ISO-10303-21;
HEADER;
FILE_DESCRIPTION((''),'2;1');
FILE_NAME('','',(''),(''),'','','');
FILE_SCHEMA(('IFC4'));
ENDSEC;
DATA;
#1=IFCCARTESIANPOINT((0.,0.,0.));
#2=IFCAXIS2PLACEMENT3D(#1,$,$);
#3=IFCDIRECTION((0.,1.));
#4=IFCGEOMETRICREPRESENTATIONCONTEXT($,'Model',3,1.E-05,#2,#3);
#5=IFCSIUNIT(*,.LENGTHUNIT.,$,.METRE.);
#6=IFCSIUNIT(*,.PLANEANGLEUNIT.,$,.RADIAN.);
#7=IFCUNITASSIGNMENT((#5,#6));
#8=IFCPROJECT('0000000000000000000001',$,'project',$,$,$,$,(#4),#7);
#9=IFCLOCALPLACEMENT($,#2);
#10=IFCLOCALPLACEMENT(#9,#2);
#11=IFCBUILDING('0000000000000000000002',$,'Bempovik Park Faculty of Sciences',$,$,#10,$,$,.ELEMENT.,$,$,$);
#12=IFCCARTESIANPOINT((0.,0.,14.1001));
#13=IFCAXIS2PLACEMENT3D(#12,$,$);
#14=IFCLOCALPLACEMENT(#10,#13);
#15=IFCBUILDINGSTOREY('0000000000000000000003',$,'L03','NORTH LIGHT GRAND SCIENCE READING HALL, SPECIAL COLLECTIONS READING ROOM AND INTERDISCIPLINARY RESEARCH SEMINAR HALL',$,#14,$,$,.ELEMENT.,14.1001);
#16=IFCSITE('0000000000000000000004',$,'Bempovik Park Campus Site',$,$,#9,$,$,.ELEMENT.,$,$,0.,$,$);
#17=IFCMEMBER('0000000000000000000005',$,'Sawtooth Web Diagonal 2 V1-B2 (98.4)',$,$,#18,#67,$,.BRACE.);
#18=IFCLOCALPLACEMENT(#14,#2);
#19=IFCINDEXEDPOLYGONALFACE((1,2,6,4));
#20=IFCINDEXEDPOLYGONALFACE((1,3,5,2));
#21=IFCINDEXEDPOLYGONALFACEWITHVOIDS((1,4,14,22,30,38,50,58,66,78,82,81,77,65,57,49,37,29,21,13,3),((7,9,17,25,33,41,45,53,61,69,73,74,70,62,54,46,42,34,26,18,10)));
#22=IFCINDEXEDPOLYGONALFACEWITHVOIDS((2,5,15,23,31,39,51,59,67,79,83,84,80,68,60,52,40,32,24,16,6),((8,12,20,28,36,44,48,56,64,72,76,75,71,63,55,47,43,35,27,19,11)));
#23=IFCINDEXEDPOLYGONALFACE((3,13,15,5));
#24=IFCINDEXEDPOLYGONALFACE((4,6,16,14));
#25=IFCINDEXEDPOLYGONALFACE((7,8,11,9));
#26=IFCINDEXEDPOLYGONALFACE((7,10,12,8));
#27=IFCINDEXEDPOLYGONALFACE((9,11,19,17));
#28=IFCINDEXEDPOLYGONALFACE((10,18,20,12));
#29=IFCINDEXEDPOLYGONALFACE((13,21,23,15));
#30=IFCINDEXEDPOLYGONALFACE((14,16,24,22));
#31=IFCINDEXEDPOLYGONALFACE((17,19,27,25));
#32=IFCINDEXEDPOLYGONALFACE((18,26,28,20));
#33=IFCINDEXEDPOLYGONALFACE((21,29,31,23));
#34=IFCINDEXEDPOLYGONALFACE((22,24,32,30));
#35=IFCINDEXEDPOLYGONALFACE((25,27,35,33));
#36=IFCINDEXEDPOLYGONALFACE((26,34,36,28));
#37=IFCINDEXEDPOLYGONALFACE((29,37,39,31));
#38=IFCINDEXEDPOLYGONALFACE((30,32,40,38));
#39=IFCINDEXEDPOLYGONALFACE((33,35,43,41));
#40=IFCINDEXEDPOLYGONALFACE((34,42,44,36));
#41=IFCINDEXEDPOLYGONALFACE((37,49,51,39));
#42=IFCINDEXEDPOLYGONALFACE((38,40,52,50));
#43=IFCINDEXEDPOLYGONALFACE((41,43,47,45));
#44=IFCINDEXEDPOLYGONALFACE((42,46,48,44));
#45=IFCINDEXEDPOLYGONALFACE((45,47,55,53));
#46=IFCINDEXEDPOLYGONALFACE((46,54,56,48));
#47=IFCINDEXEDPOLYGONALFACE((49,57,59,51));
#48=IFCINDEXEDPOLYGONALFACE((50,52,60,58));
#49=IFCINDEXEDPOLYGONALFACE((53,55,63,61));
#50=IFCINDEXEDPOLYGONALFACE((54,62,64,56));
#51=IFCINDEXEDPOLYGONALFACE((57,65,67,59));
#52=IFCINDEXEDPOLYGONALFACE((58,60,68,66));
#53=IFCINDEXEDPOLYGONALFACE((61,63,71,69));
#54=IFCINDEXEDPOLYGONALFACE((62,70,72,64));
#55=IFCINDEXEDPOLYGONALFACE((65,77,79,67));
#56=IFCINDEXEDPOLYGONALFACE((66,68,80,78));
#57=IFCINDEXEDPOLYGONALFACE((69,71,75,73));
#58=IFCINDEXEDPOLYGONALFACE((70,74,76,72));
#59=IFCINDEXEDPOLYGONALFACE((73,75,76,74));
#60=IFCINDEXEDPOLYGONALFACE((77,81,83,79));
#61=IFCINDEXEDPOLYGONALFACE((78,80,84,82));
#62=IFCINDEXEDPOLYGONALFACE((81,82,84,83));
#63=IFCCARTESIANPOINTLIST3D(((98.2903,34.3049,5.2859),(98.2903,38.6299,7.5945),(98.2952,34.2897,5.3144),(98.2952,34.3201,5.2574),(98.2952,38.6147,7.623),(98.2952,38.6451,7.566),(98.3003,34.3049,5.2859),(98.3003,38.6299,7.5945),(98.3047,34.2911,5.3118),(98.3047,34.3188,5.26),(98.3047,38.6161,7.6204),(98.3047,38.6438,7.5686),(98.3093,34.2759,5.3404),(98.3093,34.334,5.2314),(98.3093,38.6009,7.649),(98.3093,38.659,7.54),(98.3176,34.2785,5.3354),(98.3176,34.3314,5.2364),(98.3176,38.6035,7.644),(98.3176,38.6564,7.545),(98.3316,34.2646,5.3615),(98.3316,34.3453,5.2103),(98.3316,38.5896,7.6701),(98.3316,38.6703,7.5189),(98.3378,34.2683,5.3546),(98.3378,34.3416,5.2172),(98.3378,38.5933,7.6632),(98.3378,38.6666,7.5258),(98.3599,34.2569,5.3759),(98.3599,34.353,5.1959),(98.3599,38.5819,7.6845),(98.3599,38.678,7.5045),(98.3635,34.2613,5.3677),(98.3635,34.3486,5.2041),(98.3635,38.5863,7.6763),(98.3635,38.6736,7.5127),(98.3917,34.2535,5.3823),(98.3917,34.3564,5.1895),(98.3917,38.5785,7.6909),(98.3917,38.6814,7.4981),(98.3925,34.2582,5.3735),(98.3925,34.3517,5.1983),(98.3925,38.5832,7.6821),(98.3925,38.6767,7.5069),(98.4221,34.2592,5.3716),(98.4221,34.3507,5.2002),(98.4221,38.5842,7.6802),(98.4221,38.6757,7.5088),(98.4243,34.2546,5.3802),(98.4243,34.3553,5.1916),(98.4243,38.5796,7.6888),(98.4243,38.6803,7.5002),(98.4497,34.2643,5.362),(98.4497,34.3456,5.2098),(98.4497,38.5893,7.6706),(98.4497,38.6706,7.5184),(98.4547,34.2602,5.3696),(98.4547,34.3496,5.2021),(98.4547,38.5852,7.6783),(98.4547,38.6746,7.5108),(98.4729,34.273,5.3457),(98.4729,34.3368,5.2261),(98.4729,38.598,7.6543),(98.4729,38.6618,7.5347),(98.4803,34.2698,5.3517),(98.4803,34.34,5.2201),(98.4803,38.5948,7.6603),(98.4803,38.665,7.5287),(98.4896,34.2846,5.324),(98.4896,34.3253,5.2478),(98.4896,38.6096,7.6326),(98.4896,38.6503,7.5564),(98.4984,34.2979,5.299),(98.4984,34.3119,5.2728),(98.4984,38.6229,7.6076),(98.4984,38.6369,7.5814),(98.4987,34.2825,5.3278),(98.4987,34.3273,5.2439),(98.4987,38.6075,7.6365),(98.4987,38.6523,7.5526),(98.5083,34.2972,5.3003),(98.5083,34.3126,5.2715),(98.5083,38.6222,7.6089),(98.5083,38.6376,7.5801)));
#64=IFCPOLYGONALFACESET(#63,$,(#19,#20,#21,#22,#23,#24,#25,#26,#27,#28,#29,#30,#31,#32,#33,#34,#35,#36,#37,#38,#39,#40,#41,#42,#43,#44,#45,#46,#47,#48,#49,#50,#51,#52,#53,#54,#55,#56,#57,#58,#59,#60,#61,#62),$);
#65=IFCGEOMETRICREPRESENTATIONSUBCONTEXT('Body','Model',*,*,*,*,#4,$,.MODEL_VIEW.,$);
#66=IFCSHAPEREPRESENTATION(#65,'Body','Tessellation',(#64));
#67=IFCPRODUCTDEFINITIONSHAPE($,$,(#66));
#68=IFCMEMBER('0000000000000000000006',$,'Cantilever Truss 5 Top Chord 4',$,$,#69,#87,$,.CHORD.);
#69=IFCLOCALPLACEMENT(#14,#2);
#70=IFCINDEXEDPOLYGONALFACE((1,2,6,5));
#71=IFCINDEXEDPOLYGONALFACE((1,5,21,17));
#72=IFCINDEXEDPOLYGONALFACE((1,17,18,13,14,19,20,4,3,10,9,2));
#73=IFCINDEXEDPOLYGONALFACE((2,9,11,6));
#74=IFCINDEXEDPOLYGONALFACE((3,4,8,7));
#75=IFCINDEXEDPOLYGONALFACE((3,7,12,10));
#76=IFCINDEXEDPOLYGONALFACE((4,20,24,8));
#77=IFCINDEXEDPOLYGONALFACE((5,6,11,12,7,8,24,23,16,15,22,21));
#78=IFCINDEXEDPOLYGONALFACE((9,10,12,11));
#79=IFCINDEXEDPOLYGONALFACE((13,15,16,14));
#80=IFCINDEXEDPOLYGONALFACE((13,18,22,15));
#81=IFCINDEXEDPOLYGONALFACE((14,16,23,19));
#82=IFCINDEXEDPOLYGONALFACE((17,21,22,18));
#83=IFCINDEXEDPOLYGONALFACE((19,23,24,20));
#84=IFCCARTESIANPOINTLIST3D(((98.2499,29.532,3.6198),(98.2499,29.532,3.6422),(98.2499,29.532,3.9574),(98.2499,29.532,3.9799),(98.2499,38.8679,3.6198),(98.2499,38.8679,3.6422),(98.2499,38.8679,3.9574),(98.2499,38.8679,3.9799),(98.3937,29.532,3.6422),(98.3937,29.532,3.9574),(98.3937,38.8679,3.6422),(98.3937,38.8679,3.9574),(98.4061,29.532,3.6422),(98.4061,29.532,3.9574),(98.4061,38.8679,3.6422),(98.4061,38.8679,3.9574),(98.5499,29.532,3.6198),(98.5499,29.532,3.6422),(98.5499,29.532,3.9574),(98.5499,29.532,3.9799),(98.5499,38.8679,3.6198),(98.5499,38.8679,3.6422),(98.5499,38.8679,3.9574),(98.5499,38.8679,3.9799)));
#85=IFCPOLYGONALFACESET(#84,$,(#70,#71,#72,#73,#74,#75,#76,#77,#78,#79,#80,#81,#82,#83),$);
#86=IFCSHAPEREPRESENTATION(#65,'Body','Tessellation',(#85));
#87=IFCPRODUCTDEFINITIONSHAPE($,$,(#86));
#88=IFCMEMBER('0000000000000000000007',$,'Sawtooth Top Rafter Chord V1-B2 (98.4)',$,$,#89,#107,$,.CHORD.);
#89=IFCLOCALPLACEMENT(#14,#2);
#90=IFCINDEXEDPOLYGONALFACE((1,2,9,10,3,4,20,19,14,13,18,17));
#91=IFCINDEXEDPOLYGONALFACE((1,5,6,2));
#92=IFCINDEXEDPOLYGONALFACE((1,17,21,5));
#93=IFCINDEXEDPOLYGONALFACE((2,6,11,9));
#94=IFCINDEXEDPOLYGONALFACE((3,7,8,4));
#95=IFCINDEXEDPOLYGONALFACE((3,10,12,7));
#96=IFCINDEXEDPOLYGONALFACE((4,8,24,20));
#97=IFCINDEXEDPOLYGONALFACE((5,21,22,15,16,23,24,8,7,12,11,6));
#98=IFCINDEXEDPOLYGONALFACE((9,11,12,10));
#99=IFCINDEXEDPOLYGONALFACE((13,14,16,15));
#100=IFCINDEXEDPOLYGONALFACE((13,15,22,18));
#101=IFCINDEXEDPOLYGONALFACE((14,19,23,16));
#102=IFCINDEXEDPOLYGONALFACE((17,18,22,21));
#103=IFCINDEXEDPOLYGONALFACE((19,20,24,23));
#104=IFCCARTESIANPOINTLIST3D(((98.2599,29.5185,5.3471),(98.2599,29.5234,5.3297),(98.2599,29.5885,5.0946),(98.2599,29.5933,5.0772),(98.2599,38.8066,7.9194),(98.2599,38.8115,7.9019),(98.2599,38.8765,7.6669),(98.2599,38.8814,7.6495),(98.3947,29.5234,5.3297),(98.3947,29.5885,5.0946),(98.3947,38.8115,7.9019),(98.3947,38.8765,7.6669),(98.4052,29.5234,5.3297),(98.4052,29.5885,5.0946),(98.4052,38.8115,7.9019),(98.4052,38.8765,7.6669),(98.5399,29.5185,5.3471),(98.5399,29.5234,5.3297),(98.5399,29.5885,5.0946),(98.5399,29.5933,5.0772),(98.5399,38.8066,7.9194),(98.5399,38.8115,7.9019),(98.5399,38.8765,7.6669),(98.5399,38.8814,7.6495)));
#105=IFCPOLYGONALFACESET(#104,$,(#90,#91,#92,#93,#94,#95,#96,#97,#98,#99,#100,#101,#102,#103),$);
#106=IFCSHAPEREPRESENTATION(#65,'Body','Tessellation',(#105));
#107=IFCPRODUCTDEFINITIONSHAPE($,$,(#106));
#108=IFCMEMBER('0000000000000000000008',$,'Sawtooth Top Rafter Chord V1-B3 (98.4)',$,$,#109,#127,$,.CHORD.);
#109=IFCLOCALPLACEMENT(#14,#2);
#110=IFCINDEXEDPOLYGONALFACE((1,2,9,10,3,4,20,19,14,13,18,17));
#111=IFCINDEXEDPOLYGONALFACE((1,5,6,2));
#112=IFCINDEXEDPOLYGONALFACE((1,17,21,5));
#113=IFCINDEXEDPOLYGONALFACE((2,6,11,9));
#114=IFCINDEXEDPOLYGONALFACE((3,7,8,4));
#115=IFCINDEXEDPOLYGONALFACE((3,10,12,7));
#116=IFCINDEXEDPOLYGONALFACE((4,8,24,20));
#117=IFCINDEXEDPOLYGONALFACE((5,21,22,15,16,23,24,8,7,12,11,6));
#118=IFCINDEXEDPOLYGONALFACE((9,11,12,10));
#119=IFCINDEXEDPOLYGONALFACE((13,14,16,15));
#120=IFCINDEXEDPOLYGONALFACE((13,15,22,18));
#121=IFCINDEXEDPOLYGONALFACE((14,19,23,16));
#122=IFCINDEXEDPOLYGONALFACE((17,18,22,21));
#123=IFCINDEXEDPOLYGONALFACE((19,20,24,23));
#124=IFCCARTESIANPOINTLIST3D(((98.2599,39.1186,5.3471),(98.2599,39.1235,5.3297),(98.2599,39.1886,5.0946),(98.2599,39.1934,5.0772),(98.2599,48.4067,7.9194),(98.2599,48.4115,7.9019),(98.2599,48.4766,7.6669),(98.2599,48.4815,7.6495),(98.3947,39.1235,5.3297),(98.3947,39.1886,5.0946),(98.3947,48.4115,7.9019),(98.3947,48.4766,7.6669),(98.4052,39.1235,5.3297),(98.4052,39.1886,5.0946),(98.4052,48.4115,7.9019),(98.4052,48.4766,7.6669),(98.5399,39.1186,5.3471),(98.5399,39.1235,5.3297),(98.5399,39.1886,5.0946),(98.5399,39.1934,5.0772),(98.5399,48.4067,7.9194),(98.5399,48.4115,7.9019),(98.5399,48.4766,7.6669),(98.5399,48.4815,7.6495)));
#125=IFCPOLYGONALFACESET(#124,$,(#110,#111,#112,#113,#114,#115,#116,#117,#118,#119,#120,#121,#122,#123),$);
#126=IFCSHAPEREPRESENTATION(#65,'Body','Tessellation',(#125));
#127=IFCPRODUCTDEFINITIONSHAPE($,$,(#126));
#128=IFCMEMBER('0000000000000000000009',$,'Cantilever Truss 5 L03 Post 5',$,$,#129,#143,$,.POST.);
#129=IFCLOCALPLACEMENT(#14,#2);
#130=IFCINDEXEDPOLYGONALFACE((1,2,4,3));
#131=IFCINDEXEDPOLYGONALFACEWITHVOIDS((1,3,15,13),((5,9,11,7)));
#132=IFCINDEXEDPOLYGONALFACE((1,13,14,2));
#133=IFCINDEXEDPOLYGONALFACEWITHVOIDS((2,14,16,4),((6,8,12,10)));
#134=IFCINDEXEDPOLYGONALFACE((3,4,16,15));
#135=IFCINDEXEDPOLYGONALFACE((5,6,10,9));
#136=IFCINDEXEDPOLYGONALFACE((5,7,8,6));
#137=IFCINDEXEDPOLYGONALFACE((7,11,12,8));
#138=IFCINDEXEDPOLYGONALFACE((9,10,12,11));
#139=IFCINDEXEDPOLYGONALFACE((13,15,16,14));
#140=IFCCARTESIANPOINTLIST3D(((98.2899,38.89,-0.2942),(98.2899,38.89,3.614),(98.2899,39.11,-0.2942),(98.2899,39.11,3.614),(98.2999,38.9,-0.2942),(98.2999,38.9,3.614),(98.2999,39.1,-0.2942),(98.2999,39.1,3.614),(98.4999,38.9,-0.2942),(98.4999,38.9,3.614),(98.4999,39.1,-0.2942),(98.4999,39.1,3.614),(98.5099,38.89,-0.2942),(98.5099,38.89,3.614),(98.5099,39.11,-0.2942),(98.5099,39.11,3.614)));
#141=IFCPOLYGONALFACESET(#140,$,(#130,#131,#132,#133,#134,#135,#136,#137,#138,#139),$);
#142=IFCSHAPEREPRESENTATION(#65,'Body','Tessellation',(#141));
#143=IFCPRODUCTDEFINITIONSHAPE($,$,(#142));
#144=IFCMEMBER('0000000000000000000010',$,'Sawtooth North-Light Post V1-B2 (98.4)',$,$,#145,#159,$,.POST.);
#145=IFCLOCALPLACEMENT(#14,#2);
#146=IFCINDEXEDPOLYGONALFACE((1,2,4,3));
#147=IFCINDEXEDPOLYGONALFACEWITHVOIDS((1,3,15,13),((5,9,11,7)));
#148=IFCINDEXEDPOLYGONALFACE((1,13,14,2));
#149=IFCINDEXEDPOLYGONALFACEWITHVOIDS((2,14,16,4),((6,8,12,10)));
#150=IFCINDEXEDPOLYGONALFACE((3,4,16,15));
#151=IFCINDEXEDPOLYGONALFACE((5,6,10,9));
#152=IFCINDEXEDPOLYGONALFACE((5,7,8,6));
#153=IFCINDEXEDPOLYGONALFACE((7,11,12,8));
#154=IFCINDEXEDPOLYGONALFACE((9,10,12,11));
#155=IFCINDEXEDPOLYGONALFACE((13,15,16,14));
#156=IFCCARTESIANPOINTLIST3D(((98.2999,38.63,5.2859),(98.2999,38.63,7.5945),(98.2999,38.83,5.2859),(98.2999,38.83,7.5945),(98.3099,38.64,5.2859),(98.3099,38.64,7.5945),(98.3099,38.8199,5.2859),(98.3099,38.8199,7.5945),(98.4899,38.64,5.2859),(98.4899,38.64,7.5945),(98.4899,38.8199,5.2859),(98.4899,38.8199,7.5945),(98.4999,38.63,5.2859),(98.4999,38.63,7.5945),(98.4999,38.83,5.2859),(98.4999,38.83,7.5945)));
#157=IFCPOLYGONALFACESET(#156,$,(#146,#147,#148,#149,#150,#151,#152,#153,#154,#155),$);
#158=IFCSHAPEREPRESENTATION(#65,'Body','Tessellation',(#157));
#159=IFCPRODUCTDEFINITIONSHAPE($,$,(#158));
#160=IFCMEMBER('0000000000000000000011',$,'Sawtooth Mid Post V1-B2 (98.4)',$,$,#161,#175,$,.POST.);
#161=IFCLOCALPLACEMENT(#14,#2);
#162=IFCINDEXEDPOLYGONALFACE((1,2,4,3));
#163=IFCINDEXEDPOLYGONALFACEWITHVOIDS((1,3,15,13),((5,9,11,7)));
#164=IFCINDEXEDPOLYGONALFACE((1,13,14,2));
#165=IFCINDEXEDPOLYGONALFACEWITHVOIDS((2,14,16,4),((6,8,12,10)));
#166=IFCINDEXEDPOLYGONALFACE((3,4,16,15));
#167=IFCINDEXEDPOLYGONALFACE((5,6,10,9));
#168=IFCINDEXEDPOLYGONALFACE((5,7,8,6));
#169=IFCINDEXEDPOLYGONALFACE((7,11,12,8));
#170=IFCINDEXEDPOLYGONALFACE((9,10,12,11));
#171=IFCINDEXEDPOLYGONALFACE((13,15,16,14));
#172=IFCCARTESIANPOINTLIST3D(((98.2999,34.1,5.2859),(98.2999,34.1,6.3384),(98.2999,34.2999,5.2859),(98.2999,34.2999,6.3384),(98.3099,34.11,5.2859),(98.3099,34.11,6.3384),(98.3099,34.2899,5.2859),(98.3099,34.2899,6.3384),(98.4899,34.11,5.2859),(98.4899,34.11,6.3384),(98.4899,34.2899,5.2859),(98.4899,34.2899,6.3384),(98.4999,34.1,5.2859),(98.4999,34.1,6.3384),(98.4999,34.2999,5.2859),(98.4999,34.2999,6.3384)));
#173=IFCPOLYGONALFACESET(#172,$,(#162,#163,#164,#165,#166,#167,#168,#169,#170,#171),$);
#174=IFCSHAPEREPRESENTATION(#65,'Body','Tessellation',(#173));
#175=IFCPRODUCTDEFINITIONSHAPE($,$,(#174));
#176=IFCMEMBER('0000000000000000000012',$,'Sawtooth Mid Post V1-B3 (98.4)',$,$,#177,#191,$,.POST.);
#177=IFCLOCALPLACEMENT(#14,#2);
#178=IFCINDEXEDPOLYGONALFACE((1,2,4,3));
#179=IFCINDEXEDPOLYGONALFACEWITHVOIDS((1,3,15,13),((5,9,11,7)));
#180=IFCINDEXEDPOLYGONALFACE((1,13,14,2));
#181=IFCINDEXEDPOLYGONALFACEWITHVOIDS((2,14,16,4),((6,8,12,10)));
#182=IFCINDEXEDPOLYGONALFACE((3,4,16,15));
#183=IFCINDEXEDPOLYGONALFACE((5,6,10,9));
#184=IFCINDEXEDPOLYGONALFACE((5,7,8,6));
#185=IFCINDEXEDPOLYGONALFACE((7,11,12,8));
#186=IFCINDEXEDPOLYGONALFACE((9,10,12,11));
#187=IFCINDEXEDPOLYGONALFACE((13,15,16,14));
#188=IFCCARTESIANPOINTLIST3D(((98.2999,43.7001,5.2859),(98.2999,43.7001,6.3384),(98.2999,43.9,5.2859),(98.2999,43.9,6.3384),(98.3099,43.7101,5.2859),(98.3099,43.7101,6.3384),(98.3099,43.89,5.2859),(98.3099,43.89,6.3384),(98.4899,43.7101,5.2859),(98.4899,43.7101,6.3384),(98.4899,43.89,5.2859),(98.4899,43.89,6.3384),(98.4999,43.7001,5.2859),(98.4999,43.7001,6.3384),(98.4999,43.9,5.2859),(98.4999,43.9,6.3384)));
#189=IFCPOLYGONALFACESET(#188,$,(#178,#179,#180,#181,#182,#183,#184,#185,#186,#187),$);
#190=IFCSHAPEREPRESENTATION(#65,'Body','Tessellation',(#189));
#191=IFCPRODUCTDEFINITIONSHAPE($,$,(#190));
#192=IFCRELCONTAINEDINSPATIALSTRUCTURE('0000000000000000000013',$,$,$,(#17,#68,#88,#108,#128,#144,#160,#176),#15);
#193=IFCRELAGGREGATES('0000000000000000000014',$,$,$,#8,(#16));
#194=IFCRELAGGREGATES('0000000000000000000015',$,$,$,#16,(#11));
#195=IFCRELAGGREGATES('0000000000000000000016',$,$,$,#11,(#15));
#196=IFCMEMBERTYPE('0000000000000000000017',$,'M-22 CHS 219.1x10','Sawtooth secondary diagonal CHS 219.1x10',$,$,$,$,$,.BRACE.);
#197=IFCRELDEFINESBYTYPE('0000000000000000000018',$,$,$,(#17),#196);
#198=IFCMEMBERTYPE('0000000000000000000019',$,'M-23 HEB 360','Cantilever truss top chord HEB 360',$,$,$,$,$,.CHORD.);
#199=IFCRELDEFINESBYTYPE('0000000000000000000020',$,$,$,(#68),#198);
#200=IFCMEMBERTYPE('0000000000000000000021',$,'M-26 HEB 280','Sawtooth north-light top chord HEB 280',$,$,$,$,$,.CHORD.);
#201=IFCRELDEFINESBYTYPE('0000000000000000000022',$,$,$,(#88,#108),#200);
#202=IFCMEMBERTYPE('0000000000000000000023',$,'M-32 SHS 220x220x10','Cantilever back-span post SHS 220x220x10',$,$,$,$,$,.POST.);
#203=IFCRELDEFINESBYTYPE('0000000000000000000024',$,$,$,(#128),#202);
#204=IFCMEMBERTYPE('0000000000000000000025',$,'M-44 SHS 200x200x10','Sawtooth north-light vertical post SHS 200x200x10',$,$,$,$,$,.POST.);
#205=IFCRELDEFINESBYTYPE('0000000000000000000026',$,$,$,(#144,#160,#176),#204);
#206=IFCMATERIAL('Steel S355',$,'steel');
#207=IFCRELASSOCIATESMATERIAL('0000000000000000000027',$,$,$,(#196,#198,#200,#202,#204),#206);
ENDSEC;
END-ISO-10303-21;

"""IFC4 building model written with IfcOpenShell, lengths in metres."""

from ifc_helpers import new_model, si_unit, direction, frame, origin, origin_2d, place, context, subcontext, project, spatial, hollow_rectangle, hollow_circle, i_section, extrude, material, material_profile, profile_set, type_object, element, save


model = new_model("IFC4")

# Units and contexts
model_context = context("Model", 3, precision=1e-05, world=origin(), true_north=direction((0.0, 1.0)))
body_context = subcontext(model_context, "Body", "Model", "MODEL_VIEW")
ifc_project = project(units=[si_unit("LENGTHUNIT", "METRE"), si_unit("PLANEANGLEUNIT", "RADIAN")], contexts=[model_context])

# Site, building, storey
site_placement = place(None, origin())
site = spatial("IfcSite", under=ifc_project, at=site_placement, Name="Bempovik Park Campus Site", CompositionType="ELEMENT", RefElevation=0.0)
building_placement = place(site_placement, origin())
building = spatial("IfcBuilding", under=site, at=building_placement, Name="Bempovik Park Faculty of Sciences", CompositionType="ELEMENT")
storey_placement = place(building_placement, frame((0.0, 0.0, 14.1001)))
storey = spatial("IfcBuildingStorey", under=building, at=storey_placement, Name="L03", Description="NORTH LIGHT GRAND SCIENCE READING HALL, SPECIAL COLLECTIONS READING ROOM AND INTERDISCIPLINARY RESEARCH SEMINAR HALL", CompositionType="ELEMENT", Elevation=14.1001)

# Shared definitions
ifc_material_1 = material(Name="Steel S355", Category="steel")

# Members
ifc_material_profile_1 = material_profile(ifc_material_1, hollow_circle(Radius=0.1096, WallThickness=0.01, at=origin_2d()), Name="CHS 219.1x10")
ifc_profile_set_1 = profile_set([ifc_material_profile_1], Name="Steel S355")
member_type_1 = type_object("IfcMemberType", Name="M-22 CHS 219.1x10", Description="Sawtooth secondary diagonal CHS 219.1x10", PredefinedType="BRACE", material=ifc_profile_set_1)
member_1_placement = place(storey_placement, frame((98.3999, 34.3049, 5.2859), z_axis=(0.0, 0.882187, 0.470898), x_axis=(-1.0, 0.0, 0.0)))
element("IfcMember", 1, at=member_1_placement, inside=storey, type_object=member_type_1, Name="Sawtooth Web Diagonal 2 V1-B2 (98.4)", PredefinedType="BRACE", context=body_context, shape_type="SweptSolid", body=[
    extrude(hollow_circle(Radius=0.1096, WallThickness=0.01, at=origin_2d()), origin(), (0.0, 0.0, 1.0), 4.9026),
])
ifc_material_profile_2 = material_profile(ifc_material_1, i_section(OverallWidth=0.3, OverallDepth=0.3601, WebThickness=0.0125, FlangeThickness=0.0225, at=origin_2d()), Name="HEB 360")
ifc_profile_set_2 = profile_set([ifc_material_profile_2], Name="Steel S355")
member_type_2 = type_object("IfcMemberType", Name="M-23 HEB 360", Description="Cantilever truss top chord HEB 360", PredefinedType="CHORD", material=ifc_profile_set_2)
member_2_placement = place(storey_placement, frame((98.3999, 29.532, 3.7998), z_axis=(0.0, 1.0, 0.0), x_axis=(-1.0, 0.0, 0.0)))
element("IfcMember", 2, at=member_2_placement, inside=storey, type_object=member_type_2, Name="Cantilever Truss 5 Top Chord 4", PredefinedType="CHORD", context=body_context, shape_type="SweptSolid", body=[
    extrude(i_section(OverallWidth=0.3, OverallDepth=0.3601, WebThickness=0.0125, FlangeThickness=0.0225, at=origin_2d()), origin(), (0.0, 0.0, 1.0), 9.3359),
])
ifc_material_profile_3 = material_profile(ifc_material_1, i_section(OverallWidth=0.28, OverallDepth=0.28, WebThickness=0.0105, FlangeThickness=0.0181, at=origin_2d()), Name="HEB 280")
ifc_profile_set_3 = profile_set([ifc_material_profile_3], Name="Steel S355")
member_type_3 = type_object("IfcMemberType", Name="M-26 HEB 280", Description="Sawtooth north-light top chord HEB 280", PredefinedType="CHORD", material=ifc_profile_set_3)
for number, where, z_axis, x_axis, name in (
    (3, (98.3999, 29.5559, 5.2122), (0.0, 0.963725, 0.266896), (-1.0, 0.0, 0.0), "Sawtooth Top Rafter Chord V1-B2 (98.4)"),
    (4, (98.3999, 39.156, 5.2122), (0.0, 0.963725, 0.266896), (-1.0, 0.0, 0.0), "Sawtooth Top Rafter Chord V1-B3 (98.4)"),
):
    element("IfcMember", number, at=place(storey_placement, frame(where, z_axis=z_axis, x_axis=x_axis)), inside=storey, type_object=member_type_3, Name=name, PredefinedType="CHORD", context=body_context, shape_type="SweptSolid", body=[
        extrude(i_section(OverallWidth=0.28, OverallDepth=0.28, WebThickness=0.0105, FlangeThickness=0.0181, at=origin_2d()), origin(), (0.0, 0.0, 1.0), 9.6377),
    ])
ifc_material_profile_4 = material_profile(ifc_material_1, hollow_rectangle(XDim=0.22, YDim=0.22, WallThickness=0.01, at=origin_2d()), Name="SHS 220x220x10")
ifc_profile_set_4 = profile_set([ifc_material_profile_4], Name="Steel S355")
member_type_4 = type_object("IfcMemberType", Name="M-32 SHS 220x220x10", Description="Cantilever back-span post SHS 220x220x10", PredefinedType="POST", material=ifc_profile_set_4)
member_3_placement = place(storey_placement, frame((98.3999, 39.0, -0.2942), z_axis=(0.0, 0.0, 1.0), x_axis=(1.0, 0.0, 0.0)))
element("IfcMember", 5, at=member_3_placement, inside=storey, type_object=member_type_4, Name="Cantilever Truss 5 L03 Post 5", PredefinedType="POST", context=body_context, shape_type="SweptSolid", body=[
    extrude(hollow_rectangle(XDim=0.22, YDim=0.22, WallThickness=0.01, at=origin_2d()), origin(), (0.0, 0.0, 1.0), 3.9082),
])
ifc_material_profile_5 = material_profile(ifc_material_1, hollow_rectangle(XDim=0.2, YDim=0.2, WallThickness=0.01, at=origin_2d()), Name="SHS 200x200x10")
ifc_profile_set_5 = profile_set([ifc_material_profile_5], Name="Steel S355")
member_type_5 = type_object("IfcMemberType", Name="M-44 SHS 200x200x10", Description="Sawtooth north-light vertical post SHS 200x200x10", PredefinedType="POST", material=ifc_profile_set_5)
member_4_placement = place(storey_placement, frame((98.3999, 38.73, 5.2859), z_axis=(0.0, 0.0, 1.0), x_axis=(1.0, 0.0, 0.0)))
element("IfcMember", 6, at=member_4_placement, inside=storey, type_object=member_type_5, Name="Sawtooth North-Light Post V1-B2 (98.4)", PredefinedType="POST", context=body_context, shape_type="SweptSolid", body=[
    extrude(hollow_rectangle(XDim=0.2, YDim=0.2, WallThickness=0.01, at=origin_2d()), origin(), (0.0, 0.0, 1.0), 2.3086),
])
for number, where, z_axis, x_axis, name in (
    (7, (98.3999, 34.2, 5.2859), (0.0, 0.0, 1.0), (1.0, 0.0, 0.0), "Sawtooth Mid Post V1-B2 (98.4)"),
    (8, (98.3999, 43.8, 5.2859), (0.0, 0.0, 1.0), (1.0, 0.0, 0.0), "Sawtooth Mid Post V1-B3 (98.4)"),
):
    element("IfcMember", number, at=place(storey_placement, frame(where, z_axis=z_axis, x_axis=x_axis)), inside=storey, type_object=member_type_5, Name=name, PredefinedType="POST", context=body_context, shape_type="SweptSolid", body=[
        extrude(hollow_rectangle(XDim=0.2, YDim=0.2, WallThickness=0.01, at=origin_2d()), origin(), (0.0, 0.0, 1.0), 1.0525),
    ])

save(model, "model.ifc")
